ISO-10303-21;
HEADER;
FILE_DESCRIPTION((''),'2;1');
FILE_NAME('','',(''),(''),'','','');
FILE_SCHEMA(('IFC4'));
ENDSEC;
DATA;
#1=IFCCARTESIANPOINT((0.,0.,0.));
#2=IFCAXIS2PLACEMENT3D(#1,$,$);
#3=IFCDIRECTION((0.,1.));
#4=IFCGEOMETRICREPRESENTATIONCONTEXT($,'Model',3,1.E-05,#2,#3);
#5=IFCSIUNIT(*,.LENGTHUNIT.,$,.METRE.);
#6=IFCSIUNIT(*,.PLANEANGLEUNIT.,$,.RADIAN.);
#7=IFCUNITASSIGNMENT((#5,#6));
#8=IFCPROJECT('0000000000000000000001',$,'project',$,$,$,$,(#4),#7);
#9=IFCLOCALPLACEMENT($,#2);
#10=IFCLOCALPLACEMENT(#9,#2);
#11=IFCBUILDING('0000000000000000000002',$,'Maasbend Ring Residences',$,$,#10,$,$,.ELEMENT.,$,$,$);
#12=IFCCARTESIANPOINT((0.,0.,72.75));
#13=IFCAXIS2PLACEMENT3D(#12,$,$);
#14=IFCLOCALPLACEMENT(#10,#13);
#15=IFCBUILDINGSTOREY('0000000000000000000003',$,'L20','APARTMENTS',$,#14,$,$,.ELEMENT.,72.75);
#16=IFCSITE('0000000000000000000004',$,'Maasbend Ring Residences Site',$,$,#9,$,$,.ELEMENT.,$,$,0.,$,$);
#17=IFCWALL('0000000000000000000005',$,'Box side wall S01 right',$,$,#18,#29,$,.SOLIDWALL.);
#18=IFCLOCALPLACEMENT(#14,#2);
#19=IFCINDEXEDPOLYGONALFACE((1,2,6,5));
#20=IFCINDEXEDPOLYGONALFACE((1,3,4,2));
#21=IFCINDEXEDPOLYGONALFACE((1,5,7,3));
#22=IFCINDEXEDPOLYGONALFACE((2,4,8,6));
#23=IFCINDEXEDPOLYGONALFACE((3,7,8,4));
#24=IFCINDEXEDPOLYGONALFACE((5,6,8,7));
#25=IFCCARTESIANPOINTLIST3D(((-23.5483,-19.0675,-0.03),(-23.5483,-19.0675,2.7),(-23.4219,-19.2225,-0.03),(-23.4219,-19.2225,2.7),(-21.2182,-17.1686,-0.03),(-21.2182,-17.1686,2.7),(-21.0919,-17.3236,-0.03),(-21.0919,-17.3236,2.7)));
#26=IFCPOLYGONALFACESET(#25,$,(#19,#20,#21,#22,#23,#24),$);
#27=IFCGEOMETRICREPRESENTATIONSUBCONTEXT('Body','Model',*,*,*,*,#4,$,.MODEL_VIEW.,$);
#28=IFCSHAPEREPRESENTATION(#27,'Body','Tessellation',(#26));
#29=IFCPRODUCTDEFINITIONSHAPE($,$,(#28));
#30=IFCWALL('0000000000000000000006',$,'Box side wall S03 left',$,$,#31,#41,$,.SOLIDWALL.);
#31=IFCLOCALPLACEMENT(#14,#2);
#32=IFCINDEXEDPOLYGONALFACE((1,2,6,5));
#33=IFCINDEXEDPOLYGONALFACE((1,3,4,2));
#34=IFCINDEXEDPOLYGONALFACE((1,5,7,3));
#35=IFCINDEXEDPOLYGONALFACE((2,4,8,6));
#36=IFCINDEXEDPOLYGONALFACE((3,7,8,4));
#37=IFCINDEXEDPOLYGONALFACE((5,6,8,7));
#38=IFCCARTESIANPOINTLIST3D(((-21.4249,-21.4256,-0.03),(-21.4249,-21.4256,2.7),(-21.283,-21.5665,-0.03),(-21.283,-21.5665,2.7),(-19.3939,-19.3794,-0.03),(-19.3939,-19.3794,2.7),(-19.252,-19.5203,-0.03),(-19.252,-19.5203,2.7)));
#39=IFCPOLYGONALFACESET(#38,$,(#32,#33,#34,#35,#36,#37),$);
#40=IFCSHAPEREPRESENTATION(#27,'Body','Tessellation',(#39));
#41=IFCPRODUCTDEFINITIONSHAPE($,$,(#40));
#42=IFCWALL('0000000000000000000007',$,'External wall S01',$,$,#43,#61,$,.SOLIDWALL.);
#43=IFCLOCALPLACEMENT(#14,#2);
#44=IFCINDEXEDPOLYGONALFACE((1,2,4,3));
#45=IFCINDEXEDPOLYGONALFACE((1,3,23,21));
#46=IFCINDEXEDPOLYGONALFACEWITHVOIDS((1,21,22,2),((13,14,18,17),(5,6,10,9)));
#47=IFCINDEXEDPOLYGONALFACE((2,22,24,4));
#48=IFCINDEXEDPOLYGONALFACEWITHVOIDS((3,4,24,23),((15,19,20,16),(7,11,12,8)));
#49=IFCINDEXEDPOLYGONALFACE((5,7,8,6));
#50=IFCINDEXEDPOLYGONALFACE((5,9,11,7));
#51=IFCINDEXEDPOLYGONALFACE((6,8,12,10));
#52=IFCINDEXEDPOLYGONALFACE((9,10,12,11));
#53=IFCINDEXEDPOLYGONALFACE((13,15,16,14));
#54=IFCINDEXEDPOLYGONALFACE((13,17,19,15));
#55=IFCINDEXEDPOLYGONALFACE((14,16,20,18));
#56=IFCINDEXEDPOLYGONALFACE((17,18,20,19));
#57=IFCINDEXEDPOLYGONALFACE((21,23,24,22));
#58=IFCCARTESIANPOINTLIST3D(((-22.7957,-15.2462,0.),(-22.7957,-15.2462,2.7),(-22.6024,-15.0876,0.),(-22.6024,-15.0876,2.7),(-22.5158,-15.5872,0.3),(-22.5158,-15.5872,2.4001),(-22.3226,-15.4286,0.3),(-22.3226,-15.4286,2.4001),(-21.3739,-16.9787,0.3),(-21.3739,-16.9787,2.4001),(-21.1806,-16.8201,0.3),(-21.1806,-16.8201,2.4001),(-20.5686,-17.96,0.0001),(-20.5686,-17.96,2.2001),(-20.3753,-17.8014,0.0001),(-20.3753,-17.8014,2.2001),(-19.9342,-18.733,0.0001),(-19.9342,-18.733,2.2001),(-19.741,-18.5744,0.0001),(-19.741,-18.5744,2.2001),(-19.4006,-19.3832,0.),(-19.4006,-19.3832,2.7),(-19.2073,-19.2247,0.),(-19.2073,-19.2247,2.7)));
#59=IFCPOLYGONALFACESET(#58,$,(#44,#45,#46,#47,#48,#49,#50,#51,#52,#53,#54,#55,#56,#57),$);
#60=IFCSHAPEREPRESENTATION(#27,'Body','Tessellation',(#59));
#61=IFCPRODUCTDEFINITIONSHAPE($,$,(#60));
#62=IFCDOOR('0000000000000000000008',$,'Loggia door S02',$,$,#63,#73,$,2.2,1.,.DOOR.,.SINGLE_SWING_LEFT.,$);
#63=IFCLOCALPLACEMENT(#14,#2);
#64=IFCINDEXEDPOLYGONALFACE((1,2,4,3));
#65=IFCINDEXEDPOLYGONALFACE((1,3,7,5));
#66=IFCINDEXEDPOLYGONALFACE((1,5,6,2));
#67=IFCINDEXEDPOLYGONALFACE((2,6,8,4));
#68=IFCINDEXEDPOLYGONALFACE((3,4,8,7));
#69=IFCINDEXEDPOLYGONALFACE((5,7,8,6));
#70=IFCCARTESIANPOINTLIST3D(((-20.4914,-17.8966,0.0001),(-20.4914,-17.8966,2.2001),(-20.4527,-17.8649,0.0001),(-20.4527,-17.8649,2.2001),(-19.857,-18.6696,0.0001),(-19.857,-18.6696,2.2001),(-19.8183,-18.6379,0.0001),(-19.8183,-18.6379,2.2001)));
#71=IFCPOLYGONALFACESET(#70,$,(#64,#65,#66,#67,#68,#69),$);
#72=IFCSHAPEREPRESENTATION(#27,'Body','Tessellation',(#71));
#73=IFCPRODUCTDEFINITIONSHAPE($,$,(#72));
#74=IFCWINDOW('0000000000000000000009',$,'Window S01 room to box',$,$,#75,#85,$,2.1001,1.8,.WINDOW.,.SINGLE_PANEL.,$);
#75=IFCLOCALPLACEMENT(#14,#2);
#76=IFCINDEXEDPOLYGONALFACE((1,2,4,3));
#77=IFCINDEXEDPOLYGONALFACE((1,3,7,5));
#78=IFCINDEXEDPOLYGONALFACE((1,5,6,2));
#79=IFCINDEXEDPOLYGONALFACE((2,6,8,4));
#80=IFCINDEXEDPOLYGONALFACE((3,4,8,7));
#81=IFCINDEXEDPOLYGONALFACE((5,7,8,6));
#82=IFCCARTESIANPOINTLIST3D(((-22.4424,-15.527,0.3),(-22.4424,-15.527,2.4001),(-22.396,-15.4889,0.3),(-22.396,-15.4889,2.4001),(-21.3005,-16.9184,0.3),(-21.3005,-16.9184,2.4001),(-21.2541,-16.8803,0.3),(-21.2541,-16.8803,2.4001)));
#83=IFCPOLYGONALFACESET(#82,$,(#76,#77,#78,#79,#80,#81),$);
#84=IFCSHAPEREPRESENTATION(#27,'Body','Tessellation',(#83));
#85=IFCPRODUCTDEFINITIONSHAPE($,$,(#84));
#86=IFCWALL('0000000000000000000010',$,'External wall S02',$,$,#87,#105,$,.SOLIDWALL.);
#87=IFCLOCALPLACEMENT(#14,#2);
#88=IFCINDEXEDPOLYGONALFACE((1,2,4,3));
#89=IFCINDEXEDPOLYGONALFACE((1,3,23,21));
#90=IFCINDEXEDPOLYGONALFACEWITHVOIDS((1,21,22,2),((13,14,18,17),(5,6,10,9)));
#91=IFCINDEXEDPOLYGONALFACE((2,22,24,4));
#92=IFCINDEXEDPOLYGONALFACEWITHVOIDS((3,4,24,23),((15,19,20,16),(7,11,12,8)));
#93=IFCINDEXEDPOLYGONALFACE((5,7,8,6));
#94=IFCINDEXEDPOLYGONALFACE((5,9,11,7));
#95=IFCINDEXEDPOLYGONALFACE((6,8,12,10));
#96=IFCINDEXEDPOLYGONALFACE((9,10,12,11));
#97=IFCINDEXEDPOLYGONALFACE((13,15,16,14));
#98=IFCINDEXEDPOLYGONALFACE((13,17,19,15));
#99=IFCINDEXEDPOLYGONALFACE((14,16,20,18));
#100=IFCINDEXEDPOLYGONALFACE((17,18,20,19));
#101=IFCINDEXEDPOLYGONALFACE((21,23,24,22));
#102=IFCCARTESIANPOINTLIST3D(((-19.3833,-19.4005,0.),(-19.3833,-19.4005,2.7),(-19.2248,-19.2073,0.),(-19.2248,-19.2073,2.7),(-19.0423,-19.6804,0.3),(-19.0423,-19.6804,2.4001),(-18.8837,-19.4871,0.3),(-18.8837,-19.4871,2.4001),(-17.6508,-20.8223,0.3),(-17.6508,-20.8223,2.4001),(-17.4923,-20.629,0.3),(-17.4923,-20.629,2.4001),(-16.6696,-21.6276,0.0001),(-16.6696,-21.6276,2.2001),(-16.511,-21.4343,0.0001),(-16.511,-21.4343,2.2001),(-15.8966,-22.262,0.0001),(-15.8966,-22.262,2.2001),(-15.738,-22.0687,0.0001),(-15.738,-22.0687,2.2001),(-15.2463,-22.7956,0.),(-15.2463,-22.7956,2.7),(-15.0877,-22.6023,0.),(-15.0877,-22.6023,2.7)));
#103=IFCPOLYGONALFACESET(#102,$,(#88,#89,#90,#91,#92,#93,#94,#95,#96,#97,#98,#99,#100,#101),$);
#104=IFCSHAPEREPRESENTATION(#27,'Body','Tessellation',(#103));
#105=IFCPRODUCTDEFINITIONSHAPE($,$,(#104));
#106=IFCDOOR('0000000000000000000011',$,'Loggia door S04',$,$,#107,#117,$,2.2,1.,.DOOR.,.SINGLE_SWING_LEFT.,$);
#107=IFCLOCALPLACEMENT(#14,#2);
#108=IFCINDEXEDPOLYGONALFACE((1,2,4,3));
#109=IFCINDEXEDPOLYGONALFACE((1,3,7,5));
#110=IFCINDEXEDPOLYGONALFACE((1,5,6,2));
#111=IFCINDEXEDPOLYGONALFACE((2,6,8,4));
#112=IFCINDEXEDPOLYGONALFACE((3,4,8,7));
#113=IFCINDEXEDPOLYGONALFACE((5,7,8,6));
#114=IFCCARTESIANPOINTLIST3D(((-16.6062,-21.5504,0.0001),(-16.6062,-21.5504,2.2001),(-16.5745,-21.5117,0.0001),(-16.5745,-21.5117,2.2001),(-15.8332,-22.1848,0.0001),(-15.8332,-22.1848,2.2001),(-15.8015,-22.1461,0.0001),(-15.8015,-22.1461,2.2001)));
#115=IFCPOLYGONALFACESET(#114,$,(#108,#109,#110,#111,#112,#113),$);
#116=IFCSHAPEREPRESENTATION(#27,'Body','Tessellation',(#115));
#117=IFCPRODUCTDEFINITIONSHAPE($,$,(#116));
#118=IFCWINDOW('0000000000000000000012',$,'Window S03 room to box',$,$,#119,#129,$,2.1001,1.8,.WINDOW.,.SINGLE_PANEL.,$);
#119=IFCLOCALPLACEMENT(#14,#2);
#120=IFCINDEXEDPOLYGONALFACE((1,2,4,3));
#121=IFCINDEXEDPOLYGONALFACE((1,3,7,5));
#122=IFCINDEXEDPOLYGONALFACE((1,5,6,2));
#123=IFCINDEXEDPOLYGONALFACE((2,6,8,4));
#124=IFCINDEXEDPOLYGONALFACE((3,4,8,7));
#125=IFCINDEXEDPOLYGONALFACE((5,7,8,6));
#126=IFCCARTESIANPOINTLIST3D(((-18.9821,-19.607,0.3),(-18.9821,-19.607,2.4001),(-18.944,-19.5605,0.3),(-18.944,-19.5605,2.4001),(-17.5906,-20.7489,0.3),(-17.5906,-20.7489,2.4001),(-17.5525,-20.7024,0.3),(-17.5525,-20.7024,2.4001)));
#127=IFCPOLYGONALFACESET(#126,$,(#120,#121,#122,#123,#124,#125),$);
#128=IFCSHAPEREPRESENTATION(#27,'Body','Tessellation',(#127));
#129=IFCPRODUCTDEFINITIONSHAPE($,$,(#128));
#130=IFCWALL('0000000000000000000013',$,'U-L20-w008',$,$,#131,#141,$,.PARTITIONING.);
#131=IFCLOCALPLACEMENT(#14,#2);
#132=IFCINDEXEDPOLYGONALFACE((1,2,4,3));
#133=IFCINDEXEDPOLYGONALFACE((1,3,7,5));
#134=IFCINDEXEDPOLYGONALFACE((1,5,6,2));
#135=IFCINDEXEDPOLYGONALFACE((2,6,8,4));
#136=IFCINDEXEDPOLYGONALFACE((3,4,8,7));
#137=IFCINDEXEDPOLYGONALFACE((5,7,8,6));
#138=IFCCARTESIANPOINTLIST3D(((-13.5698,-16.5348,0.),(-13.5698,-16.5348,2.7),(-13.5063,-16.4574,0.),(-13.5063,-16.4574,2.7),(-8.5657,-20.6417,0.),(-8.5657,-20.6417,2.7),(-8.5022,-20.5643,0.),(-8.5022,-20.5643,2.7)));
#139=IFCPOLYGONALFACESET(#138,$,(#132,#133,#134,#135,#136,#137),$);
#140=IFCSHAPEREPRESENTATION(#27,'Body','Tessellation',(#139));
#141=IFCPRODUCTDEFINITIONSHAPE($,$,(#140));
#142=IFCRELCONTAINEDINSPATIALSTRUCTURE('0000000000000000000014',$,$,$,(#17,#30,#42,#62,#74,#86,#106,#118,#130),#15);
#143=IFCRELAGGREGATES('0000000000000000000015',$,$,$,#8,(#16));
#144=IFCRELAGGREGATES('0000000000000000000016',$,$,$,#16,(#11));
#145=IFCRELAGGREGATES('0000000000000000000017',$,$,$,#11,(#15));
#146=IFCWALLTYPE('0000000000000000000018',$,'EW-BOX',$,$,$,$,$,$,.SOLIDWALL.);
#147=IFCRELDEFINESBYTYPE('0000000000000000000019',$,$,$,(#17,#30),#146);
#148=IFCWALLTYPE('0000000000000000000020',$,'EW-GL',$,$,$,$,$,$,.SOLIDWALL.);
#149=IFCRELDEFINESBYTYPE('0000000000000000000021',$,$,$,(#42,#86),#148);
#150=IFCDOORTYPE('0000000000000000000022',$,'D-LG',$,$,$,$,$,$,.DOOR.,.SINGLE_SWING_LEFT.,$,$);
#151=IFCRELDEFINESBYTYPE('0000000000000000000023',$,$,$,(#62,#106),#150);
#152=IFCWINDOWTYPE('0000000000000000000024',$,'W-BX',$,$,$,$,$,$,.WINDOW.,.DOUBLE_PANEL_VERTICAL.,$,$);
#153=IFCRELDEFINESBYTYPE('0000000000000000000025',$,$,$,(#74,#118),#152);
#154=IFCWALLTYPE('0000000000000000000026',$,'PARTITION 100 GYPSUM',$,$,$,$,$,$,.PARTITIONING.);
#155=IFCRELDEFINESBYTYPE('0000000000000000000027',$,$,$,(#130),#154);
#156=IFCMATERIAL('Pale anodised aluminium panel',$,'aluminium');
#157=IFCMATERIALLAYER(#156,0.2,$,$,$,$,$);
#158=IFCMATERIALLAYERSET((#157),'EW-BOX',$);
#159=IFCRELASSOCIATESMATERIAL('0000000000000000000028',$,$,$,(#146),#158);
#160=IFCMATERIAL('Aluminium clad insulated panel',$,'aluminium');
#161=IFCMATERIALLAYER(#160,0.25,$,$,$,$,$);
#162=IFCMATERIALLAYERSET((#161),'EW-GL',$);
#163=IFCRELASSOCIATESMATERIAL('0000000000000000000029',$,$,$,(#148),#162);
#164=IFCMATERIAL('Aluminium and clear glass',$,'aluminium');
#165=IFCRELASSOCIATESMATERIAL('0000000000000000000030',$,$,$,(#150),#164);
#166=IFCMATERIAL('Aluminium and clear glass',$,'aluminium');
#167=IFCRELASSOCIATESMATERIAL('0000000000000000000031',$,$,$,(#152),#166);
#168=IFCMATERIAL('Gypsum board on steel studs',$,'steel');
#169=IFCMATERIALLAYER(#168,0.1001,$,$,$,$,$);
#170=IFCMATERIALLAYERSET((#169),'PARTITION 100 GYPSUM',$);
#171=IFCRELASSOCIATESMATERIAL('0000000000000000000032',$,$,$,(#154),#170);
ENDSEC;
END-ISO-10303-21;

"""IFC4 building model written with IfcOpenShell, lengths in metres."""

from ifc_helpers import new_model, si_unit, direction, frame, frame_2d, origin, place, context, subcontext, project, spatial, rectangle, extrude, material, layer, layer_set, type_object, element, fill, save


model = new_model("IFC4")

# Units and contexts
model_context = context("Model", 3, precision=1e-05, world=origin(), true_north=direction((0.0, 1.0)))
body_context = subcontext(model_context, "Body", "Model", "MODEL_VIEW")
ifc_project = project(units=[si_unit("LENGTHUNIT", "METRE"), si_unit("PLANEANGLEUNIT", "RADIAN")], contexts=[model_context])

# Site, building, storey
site_placement = place(None, origin())
site = spatial("IfcSite", under=ifc_project, at=site_placement, Name="Maasbend Ring Residences Site", CompositionType="ELEMENT", RefElevation=0.0)
building_placement = place(site_placement, origin())
building = spatial("IfcBuilding", under=site, at=building_placement, Name="Maasbend Ring Residences", CompositionType="ELEMENT")
storey_placement = place(building_placement, frame((0.0, 0.0, 72.75)))
storey = spatial("IfcBuildingStorey", under=building, at=storey_placement, Name="L20", Description="APARTMENTS", CompositionType="ELEMENT", Elevation=72.75)

# Shared definitions
ifc_material_1 = material(Name="Pale anodised aluminium panel", Category="aluminium")
ifc_layer_1 = layer(ifc_material_1, 0.2)
ifc_layer_set_1 = layer_set([ifc_layer_1], Name="EW-BOX")
wall_type_1 = type_object("IfcWallType", Name="EW-BOX", PredefinedType="SOLIDWALL", material=ifc_layer_set_1)

# Walls
wall_1_placement = place(storey_placement, frame((-21.155, -17.2461, -0.03), z_axis=(0.0, 0.0, 1.0), x_axis=(-0.775179, -0.631742, 0.0)))
element("IfcWall", 1, at=wall_1_placement, inside=storey, type_object=wall_type_1, Name="Box side wall S01 right", PredefinedType="SOLIDWALL", context=body_context, shape_type="SweptSolid", body=[
    extrude(rectangle(XDim=3.0059, YDim=0.2, at=frame_2d((1.5029, 0.0))), origin(), (0.0, 0.0, 1.0), 2.73),
])
wall_2_placement = place(storey_placement, frame((-19.323, -19.45, -0.03), z_axis=(0.0, 0.0, 1.0), x_axis=(-0.704477, -0.709727, 0.0)))
element("IfcWall", 2, at=wall_2_placement, inside=storey, type_object=wall_type_1, Name="Box side wall S03 left", PredefinedType="SOLIDWALL", context=body_context, shape_type="SweptSolid", body=[
    extrude(rectangle(XDim=2.8831, YDim=0.2, at=frame_2d((1.4414, 0.0))), origin(), (0.0, 0.0, 1.0), 2.73),
])

# Walls, openings, doors, windows
ifc_material_2 = material(Name="Aluminium clad insulated panel", Category="aluminium")
ifc_layer_2 = layer(ifc_material_2, 0.25)
ifc_layer_set_2 = layer_set([ifc_layer_2], Name="EW-GL")
wall_type_2 = type_object("IfcWallType", Name="EW-GL", PredefinedType="SOLIDWALL", material=ifc_layer_set_2)
wall_3_placement = place(storey_placement, frame((-22.699, -15.167, 0.0), z_axis=(0.0, 0.0, 1.0), x_axis=(0.634382, -0.773019, 0.0)))
wall_3 = element("IfcWall", 3, at=wall_3_placement, inside=storey, type_object=wall_type_2, Name="External wall S01", PredefinedType="SOLIDWALL", context=body_context, shape_type="SweptSolid", body=[
    extrude(rectangle(XDim=5.3518, YDim=0.25, at=frame_2d((2.6758, 0.0))), origin(), (0.0, 0.0, 1.0), 2.7),
])
opening_1_placement = place(wall_3_placement, frame((0.4412, 0.0, 0.3)))
opening_1 = element("IfcOpeningElement", 4, at=opening_1_placement, cuts=wall_3, PredefinedType="OPENING", context=body_context, shape_type="SweptSolid", body=[
    extrude(rectangle(XDim=1.8, YDim=2.1001, at=frame_2d((0.8999, 1.05))), frame((0.0, 0.135, 0.0), z_axis=(0.0, -1.0, 0.0), x_axis=(1.0, 0.0, 0.0)), (0.0, 0.0, 1.0), 0.27),
])
opening_2_placement = place(wall_3_placement, frame((3.5105, 0.0, 0.0)))
opening_2 = element("IfcOpeningElement", 5, at=opening_2_placement, cuts=wall_3, PredefinedType="OPENING", context=body_context, shape_type="SweptSolid", body=[
    extrude(rectangle(XDim=1.0, YDim=2.2, at=frame_2d((0.5, 1.1001))), frame((0.0, 0.135, 0.0), z_axis=(0.0, -1.0, 0.0), x_axis=(1.0, 0.0, 0.0)), (0.0, 0.0, 1.0), 0.27),
])
ifc_material_3 = material(Name="Aluminium and clear glass", Category="aluminium")
door_type_1 = type_object("IfcDoorType", Name="D-LG", OperationType="SINGLE_SWING_LEFT", PredefinedType="DOOR", material=ifc_material_3)
door_1_placement = place(opening_2_placement, origin())
door_1 = element("IfcDoor", 6, at=door_1_placement, inside=storey, type_object=door_type_1, Name="Loggia door S02", OperationType="SINGLE_SWING_LEFT", OverallHeight=2.2, OverallWidth=1.0, PredefinedType="DOOR", context=body_context, shape_type="SweptSolid", body=[
    extrude(rectangle(XDim=1.0, YDim=2.2, at=frame_2d((0.5, 1.1001))), frame((0.0, 0.0249, 0.0), z_axis=(0.0, -1.0, 0.0), x_axis=(1.0, 0.0, 0.0)), (0.0, 0.0, 1.0), 0.05),
])
fill(opening_2, door_1)
ifc_material_4 = material(Name="Aluminium and clear glass", Category="aluminium")
window_type_1 = type_object("IfcWindowType", Name="W-BX", PartitioningType="DOUBLE_PANEL_VERTICAL", PredefinedType="WINDOW", material=ifc_material_4)
window_1_placement = place(opening_1_placement, origin())
window_1 = element("IfcWindow", 7, at=window_1_placement, inside=storey, type_object=window_type_1, Name="Window S01 room to box", OverallHeight=2.1001, OverallWidth=1.8, PartitioningType="SINGLE_PANEL", PredefinedType="WINDOW", context=body_context, shape_type="SweptSolid", body=[
    extrude(rectangle(XDim=1.8, YDim=2.1001, at=frame_2d((0.8999, 1.05))), frame((0.0, 0.03, 0.0), z_axis=(0.0, -1.0, 0.0), x_axis=(1.0, 0.0, 0.0)), (0.0, 0.0, 1.0), 0.0601),
])
fill(opening_1, window_1)
wall_4_placement = place(storey_placement, frame((-19.304, -19.304, 0.0), z_axis=(0.0, 0.0, 1.0), x_axis=(0.773019, -0.634382, 0.0)))
wall_4 = element("IfcWall", 8, at=wall_4_placement, inside=storey, type_object=wall_type_2, Name="External wall S02", PredefinedType="SOLIDWALL", context=body_context, shape_type="SweptSolid", body=[
    extrude(rectangle(XDim=5.3518, YDim=0.25, at=frame_2d((2.6758, 0.0))), origin(), (0.0, 0.0, 1.0), 2.7),
])
opening_3_placement = place(wall_4_placement, frame((0.4412, 0.0, 0.3)))
opening_3 = element("IfcOpeningElement", 9, at=opening_3_placement, cuts=wall_4, PredefinedType="OPENING", context=body_context, shape_type="SweptSolid", body=[
    extrude(rectangle(XDim=1.8, YDim=2.1001, at=frame_2d((0.8999, 1.05))), frame((0.0, 0.135, 0.0), z_axis=(0.0, -1.0, 0.0), x_axis=(1.0, 0.0, 0.0)), (0.0, 0.0, 1.0), 0.27),
])
opening_4_placement = place(wall_4_placement, frame((3.5105, 0.0, 0.0)))
opening_4 = element("IfcOpeningElement", 10, at=opening_4_placement, cuts=wall_4, PredefinedType="OPENING", context=body_context, shape_type="SweptSolid", body=[
    extrude(rectangle(XDim=1.0, YDim=2.2, at=frame_2d((0.5, 1.1001))), frame((0.0, 0.135, 0.0), z_axis=(0.0, -1.0, 0.0), x_axis=(1.0, 0.0, 0.0)), (0.0, 0.0, 1.0), 0.27),
])
door_2_placement = place(opening_4_placement, origin())
door_2 = element("IfcDoor", 11, at=door_2_placement, inside=storey, type_object=door_type_1, Name="Loggia door S04", OperationType="SINGLE_SWING_LEFT", OverallHeight=2.2, OverallWidth=1.0, PredefinedType="DOOR", context=body_context, shape_type="SweptSolid", body=[
    extrude(rectangle(XDim=1.0, YDim=2.2, at=frame_2d((0.5, 1.1001))), frame((0.0, 0.0249, 0.0), z_axis=(0.0, -1.0, 0.0), x_axis=(1.0, 0.0, 0.0)), (0.0, 0.0, 1.0), 0.05),
])
fill(opening_4, door_2)
window_2_placement = place(opening_3_placement, origin())
window_2 = element("IfcWindow", 12, at=window_2_placement, inside=storey, type_object=window_type_1, Name="Window S03 room to box", OverallHeight=2.1001, OverallWidth=1.8, PartitioningType="SINGLE_PANEL", PredefinedType="WINDOW", context=body_context, shape_type="SweptSolid", body=[
    extrude(rectangle(XDim=1.8, YDim=2.1001, at=frame_2d((0.8999, 1.05))), frame((0.0, 0.03, 0.0), z_axis=(0.0, -1.0, 0.0), x_axis=(1.0, 0.0, 0.0)), (0.0, 0.0, 1.0), 0.0601),
])
fill(opening_3, window_2)

# Wall
ifc_material_5 = material(Name="Gypsum board on steel studs", Category="steel")
ifc_layer_3 = layer(ifc_material_5, 0.1001)
ifc_layer_set_3 = layer_set([ifc_layer_3], Name="PARTITION 100 GYPSUM")
wall_type_3 = type_object("IfcWallType", Name="PARTITION 100 GYPSUM", PredefinedType="PARTITIONING", material=ifc_layer_set_3)
wall_5_placement = place(storey_placement, frame((-13.5381, -16.4961, 0.0), z_axis=(0.0, 0.0, 1.0), x_axis=(0.773, -0.634406, 0.0)))
element("IfcWall", 13, at=wall_5_placement, inside=storey, type_object=wall_type_3, Name="U-L20-w008", PredefinedType="PARTITIONING", context=body_context, shape_type="SweptSolid", body=[
    extrude(rectangle(XDim=6.4736, YDim=0.1001, at=frame_2d((3.2368, 0.0))), origin(), (0.0, 0.0, 1.0), 2.7),
])

save(model, "model.ifc")
